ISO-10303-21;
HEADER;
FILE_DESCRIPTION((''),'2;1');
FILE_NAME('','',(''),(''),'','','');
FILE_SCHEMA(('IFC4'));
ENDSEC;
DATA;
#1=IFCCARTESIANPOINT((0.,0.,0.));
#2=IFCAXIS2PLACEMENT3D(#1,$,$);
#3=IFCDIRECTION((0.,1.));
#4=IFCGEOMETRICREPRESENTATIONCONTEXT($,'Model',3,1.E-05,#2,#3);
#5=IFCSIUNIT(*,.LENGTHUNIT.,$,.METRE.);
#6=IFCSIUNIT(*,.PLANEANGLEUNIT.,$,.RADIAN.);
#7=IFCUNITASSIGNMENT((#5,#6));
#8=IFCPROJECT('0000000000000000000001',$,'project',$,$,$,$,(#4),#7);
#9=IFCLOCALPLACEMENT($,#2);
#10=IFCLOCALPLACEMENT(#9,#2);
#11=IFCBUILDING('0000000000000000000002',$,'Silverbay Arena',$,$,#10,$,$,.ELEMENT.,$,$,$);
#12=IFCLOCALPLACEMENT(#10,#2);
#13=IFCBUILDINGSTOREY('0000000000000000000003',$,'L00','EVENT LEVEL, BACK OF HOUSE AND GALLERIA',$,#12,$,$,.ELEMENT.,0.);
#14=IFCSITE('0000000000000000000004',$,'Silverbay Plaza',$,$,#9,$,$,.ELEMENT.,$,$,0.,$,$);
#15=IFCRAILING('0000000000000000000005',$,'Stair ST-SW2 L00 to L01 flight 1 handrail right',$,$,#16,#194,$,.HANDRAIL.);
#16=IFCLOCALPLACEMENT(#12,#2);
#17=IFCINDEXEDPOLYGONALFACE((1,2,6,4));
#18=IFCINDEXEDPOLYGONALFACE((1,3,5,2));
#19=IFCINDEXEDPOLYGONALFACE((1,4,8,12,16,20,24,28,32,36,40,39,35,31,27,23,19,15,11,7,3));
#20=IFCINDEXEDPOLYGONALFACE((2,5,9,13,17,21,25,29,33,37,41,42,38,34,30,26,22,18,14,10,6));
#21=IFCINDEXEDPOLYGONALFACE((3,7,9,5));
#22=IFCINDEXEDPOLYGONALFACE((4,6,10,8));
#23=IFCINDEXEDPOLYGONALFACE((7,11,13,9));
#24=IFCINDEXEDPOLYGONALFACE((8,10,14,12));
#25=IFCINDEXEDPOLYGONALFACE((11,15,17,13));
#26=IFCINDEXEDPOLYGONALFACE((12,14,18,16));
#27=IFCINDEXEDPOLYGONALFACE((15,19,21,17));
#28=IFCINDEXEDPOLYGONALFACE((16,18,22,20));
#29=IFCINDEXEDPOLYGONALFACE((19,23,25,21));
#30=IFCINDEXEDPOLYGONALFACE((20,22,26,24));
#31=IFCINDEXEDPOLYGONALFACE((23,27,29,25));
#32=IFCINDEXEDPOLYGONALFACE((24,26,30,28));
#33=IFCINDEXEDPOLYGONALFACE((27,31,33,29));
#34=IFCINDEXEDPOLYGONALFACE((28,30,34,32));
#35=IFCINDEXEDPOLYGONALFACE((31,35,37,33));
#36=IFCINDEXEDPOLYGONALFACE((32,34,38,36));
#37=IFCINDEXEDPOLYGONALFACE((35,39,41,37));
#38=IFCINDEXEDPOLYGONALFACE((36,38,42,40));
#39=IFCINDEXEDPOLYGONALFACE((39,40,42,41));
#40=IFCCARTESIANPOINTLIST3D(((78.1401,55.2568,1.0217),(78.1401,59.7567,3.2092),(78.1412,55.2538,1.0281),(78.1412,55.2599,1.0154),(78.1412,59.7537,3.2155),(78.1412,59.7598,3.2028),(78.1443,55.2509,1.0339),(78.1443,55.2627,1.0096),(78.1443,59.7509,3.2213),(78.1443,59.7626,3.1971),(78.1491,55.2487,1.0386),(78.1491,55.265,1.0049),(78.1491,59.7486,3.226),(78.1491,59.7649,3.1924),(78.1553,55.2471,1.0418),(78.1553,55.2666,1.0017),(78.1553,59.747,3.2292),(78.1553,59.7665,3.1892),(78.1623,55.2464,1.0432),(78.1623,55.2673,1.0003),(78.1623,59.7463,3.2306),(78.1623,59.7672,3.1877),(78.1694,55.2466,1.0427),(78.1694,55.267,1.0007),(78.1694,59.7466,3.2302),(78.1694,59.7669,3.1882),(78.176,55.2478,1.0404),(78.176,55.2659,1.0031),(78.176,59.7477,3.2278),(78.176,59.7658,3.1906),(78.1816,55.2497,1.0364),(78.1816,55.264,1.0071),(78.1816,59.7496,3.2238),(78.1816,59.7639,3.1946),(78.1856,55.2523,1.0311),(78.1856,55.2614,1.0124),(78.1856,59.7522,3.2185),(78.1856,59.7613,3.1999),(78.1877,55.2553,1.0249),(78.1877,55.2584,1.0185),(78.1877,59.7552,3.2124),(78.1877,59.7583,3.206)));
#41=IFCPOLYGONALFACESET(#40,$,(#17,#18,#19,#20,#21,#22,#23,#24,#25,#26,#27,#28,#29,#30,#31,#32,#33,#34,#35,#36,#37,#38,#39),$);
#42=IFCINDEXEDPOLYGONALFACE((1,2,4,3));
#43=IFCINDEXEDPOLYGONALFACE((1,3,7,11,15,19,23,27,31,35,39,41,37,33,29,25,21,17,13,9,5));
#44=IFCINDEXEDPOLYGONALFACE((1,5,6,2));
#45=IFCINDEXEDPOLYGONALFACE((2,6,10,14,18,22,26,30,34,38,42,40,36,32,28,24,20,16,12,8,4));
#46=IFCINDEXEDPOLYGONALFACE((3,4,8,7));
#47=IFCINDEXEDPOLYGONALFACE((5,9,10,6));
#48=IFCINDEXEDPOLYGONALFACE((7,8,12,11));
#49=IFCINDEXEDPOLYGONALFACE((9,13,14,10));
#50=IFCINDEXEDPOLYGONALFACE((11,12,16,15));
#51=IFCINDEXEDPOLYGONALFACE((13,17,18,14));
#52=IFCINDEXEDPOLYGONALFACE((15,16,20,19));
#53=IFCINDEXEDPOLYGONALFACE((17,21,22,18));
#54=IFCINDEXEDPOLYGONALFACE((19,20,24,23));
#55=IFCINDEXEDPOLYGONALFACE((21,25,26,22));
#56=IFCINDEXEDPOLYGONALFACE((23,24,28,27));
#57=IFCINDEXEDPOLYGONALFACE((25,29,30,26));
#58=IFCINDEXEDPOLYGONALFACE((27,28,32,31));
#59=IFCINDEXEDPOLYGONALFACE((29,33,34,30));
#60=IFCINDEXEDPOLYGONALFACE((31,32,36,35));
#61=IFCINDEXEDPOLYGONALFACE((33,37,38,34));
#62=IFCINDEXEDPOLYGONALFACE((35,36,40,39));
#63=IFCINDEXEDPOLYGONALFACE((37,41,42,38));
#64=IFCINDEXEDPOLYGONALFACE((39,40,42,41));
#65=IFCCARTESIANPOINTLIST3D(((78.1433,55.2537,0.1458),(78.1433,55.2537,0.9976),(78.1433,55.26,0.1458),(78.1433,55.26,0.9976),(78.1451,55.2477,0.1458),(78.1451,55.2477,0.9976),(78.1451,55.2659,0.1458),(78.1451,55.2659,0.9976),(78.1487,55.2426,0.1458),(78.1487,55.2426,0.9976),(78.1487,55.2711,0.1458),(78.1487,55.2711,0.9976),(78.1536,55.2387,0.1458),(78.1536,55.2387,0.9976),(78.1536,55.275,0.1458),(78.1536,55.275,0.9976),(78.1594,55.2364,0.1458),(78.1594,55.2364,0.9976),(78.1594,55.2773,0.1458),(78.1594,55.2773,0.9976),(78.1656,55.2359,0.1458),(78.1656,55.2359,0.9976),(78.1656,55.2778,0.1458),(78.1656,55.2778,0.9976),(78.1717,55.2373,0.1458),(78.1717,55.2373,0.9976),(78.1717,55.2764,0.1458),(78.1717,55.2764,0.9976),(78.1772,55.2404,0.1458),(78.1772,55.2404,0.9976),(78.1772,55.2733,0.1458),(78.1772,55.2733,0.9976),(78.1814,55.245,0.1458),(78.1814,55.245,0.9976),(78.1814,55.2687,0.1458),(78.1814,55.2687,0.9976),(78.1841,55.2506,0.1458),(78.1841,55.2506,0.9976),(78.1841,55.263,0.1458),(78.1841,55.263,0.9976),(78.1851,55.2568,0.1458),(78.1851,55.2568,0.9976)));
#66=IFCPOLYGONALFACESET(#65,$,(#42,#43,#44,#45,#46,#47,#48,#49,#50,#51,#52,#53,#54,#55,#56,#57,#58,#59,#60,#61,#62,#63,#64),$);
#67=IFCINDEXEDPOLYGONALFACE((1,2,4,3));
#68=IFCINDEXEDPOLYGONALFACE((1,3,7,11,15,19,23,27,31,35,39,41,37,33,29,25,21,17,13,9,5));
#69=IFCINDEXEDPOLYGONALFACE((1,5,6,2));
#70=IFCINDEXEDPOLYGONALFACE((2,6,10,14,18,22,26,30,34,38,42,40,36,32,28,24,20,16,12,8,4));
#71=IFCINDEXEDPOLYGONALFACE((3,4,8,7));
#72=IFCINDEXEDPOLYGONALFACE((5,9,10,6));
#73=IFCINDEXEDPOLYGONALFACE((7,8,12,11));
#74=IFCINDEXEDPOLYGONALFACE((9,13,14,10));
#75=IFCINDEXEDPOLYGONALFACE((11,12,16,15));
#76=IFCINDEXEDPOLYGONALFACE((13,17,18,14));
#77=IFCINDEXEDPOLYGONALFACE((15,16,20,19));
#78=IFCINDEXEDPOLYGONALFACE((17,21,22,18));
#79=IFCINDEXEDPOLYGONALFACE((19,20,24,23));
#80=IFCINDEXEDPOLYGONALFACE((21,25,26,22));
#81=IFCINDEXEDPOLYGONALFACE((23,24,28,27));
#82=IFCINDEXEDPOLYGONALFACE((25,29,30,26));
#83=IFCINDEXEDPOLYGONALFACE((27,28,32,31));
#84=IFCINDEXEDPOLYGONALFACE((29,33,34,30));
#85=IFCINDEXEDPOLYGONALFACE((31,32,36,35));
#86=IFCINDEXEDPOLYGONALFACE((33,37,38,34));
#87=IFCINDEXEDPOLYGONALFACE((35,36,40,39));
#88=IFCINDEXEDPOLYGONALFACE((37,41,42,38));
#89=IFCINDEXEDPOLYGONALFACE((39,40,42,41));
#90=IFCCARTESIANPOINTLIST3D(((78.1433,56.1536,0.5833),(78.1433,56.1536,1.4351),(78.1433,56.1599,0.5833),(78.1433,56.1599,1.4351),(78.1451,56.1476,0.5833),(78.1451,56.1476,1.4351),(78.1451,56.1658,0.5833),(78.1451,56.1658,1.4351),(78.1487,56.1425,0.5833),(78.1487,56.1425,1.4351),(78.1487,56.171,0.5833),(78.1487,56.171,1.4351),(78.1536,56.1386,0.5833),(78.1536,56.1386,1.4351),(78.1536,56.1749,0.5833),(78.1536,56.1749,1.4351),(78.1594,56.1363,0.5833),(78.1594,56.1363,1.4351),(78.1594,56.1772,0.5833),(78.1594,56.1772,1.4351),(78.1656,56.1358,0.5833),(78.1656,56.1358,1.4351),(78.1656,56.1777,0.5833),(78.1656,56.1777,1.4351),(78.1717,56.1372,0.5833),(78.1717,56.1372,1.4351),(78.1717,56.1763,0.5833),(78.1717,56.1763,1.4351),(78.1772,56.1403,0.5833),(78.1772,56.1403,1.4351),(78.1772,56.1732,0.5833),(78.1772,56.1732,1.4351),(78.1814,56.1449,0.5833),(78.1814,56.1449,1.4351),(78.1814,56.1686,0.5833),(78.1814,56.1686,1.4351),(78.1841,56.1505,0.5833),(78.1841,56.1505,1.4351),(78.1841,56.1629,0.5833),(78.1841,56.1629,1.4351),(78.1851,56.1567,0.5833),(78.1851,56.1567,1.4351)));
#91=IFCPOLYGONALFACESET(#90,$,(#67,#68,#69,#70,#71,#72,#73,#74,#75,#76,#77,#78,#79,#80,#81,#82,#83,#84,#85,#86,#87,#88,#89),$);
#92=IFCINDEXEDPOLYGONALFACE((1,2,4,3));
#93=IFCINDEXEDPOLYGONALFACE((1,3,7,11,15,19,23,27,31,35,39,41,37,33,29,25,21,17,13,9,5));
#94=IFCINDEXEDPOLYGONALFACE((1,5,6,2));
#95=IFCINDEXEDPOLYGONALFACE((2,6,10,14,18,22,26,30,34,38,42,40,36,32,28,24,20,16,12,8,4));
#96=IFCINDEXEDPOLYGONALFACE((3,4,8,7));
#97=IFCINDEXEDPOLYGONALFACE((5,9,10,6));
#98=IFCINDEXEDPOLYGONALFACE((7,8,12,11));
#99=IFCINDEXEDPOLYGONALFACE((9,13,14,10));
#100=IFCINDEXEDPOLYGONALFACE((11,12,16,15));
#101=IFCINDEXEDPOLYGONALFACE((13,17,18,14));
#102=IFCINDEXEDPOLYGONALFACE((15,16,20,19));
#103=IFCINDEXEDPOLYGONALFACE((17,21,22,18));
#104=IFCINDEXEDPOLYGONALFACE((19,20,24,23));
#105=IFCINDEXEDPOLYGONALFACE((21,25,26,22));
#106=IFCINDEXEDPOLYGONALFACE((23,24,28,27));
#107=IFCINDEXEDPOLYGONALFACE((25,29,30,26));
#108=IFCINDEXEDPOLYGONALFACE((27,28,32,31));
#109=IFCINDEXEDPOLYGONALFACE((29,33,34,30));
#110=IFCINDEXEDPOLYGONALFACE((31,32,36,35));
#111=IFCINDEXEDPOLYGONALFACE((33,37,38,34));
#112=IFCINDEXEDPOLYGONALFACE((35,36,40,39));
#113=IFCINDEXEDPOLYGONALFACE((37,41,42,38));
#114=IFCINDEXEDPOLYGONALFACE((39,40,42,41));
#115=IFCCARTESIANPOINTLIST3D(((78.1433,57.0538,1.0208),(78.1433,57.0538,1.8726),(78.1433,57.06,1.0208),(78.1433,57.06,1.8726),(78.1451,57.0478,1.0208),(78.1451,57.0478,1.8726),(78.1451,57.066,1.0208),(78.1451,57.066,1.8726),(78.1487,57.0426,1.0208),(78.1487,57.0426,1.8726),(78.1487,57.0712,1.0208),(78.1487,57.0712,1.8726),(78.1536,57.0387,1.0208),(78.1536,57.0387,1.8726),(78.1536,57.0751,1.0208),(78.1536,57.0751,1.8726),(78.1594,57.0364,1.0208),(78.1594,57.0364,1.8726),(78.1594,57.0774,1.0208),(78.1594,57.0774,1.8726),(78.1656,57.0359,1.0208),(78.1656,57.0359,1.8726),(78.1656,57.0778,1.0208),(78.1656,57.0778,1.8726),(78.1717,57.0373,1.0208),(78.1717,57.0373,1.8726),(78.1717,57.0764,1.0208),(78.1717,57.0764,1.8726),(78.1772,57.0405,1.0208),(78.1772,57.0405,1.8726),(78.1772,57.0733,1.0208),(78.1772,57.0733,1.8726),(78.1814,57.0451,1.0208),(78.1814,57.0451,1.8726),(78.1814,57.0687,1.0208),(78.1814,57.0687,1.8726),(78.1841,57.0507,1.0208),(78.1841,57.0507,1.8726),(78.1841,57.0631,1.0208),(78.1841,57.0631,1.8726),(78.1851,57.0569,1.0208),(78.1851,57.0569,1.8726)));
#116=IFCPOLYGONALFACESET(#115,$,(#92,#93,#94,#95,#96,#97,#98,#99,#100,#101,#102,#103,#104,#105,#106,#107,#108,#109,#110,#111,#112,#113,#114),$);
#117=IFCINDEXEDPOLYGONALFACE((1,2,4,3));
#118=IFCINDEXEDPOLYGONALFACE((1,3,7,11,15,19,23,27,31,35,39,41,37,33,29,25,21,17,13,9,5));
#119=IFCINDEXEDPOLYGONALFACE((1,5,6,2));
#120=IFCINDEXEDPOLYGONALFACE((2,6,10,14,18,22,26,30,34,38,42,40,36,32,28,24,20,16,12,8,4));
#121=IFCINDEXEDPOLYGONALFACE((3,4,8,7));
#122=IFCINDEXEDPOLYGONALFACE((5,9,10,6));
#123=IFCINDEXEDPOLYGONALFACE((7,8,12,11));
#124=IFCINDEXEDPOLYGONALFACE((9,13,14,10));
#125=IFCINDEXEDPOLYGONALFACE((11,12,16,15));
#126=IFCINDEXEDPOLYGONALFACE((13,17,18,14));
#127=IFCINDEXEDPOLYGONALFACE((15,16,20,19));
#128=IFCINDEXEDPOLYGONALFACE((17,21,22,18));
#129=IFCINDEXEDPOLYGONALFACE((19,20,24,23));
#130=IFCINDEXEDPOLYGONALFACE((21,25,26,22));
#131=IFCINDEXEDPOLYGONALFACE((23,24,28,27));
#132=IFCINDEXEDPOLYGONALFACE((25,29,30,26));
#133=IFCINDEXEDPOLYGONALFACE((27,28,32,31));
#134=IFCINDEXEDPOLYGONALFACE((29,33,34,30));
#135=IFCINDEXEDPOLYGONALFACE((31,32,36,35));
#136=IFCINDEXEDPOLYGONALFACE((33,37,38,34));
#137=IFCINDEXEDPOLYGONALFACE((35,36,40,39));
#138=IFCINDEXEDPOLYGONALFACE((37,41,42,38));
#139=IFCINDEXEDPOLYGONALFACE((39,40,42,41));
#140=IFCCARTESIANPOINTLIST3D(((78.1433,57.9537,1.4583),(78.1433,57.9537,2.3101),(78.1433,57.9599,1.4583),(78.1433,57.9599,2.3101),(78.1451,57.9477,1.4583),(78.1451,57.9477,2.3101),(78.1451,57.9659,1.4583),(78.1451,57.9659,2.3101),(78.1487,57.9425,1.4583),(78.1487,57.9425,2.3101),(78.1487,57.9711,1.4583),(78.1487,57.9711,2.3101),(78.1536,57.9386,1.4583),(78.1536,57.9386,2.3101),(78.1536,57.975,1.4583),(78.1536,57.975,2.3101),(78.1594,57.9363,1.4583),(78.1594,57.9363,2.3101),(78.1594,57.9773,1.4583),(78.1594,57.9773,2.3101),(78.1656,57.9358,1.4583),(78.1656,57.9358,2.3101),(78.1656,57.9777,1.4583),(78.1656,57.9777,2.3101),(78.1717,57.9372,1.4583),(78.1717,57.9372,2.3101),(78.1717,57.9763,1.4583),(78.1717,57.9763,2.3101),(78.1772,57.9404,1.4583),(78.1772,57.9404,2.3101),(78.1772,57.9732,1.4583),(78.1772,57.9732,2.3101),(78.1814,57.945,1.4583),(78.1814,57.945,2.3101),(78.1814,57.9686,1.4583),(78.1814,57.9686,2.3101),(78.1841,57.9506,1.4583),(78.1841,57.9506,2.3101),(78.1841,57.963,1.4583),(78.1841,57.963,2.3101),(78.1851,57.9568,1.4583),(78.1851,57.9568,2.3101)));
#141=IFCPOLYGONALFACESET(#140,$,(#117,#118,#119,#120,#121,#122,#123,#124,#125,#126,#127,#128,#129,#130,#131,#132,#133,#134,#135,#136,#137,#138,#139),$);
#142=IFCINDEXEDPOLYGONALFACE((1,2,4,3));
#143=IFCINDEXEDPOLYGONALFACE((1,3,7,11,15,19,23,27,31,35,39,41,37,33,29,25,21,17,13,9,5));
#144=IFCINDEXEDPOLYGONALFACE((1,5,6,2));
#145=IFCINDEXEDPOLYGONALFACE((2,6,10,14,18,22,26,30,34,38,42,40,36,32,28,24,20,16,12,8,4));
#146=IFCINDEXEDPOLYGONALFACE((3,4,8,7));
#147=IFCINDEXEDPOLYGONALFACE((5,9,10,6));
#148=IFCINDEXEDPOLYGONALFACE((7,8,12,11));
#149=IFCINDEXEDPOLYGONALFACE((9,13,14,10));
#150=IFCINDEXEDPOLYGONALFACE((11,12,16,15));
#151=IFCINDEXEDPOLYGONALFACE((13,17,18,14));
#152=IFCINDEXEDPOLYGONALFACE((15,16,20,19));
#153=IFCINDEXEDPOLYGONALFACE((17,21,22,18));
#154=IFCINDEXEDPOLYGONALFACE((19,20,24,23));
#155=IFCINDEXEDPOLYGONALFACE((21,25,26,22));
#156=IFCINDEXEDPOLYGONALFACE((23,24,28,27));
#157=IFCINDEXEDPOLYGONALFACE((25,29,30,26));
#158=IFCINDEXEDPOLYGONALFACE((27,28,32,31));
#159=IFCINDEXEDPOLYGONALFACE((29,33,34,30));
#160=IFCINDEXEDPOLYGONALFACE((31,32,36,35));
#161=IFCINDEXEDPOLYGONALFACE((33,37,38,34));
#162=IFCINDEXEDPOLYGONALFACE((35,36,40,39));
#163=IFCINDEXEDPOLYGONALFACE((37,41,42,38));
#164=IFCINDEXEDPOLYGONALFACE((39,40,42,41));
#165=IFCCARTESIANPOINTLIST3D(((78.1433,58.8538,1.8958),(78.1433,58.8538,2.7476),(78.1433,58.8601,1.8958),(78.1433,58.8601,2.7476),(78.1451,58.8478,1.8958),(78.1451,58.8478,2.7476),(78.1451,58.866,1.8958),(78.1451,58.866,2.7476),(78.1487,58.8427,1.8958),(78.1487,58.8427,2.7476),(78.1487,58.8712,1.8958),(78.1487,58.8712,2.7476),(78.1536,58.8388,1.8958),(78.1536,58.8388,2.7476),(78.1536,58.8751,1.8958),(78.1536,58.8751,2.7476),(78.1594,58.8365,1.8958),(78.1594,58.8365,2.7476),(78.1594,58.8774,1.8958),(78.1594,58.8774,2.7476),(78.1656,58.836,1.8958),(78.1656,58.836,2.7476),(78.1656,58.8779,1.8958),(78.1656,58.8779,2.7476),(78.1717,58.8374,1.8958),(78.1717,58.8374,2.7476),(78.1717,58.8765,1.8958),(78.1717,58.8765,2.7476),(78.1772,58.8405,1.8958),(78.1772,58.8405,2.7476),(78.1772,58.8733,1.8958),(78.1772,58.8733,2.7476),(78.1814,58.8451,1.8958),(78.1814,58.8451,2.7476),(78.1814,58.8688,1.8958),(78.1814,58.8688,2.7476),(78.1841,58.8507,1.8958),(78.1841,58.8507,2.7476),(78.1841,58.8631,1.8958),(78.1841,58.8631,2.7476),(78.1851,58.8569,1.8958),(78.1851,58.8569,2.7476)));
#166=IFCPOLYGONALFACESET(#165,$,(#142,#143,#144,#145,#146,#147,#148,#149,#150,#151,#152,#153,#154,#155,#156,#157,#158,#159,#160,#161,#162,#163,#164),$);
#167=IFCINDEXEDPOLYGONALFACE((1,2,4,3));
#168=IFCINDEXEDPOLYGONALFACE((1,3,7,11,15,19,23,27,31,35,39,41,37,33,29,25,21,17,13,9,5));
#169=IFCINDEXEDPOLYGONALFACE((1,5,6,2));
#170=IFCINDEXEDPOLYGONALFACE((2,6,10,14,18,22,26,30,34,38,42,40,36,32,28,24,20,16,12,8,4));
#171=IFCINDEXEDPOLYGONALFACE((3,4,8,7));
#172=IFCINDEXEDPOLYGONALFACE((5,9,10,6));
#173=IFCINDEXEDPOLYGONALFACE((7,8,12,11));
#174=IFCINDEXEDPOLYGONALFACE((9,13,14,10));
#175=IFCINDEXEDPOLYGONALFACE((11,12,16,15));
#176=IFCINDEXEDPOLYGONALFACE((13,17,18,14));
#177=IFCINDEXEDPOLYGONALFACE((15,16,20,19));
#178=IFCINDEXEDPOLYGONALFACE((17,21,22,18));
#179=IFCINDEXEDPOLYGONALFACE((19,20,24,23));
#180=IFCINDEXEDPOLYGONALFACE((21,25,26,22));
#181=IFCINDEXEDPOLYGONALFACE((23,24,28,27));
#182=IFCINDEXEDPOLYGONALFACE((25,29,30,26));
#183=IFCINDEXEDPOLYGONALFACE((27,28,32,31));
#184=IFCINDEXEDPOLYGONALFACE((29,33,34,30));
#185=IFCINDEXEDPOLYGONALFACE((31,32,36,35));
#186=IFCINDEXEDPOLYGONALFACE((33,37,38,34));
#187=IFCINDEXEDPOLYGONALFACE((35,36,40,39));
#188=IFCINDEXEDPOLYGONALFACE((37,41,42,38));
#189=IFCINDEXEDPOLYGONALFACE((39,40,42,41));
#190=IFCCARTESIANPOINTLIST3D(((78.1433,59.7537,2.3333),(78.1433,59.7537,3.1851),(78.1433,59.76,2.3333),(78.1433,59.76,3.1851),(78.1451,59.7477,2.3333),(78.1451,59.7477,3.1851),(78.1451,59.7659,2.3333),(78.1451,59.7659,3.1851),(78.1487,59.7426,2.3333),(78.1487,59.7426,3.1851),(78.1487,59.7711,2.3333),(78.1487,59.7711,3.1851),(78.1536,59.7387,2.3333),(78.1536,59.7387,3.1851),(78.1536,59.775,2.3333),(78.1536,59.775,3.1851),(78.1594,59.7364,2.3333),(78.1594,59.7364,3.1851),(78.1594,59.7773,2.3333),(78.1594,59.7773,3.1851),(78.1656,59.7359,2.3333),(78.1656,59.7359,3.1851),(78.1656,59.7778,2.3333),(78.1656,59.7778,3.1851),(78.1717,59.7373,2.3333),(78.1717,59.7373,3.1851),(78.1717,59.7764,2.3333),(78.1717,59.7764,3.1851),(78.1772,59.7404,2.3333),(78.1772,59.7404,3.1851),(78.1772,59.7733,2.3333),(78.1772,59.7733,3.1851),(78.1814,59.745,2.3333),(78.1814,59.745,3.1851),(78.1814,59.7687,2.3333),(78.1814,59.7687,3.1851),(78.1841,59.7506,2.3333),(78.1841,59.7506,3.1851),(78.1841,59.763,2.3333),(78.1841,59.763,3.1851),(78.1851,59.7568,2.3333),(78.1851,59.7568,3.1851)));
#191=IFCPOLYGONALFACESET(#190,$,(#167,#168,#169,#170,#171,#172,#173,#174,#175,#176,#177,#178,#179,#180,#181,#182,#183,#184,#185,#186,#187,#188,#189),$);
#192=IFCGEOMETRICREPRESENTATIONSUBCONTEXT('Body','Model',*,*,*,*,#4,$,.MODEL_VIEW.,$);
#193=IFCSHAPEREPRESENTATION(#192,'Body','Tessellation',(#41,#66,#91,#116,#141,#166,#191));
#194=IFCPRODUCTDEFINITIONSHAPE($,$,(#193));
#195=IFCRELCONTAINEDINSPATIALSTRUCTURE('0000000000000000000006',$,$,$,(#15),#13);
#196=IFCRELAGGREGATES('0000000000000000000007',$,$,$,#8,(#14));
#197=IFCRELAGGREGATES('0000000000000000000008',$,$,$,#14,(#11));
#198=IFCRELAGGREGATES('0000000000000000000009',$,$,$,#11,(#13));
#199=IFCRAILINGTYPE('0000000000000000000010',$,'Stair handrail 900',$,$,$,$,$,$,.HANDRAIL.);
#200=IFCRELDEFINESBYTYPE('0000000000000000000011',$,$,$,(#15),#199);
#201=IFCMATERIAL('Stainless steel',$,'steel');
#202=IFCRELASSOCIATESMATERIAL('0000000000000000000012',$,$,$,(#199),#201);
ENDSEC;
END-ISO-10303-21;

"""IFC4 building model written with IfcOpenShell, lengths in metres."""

from ifc_helpers import new_model, si_unit, direction, frame, origin, origin_2d, place, context, subcontext, project, spatial, circle, extrude, material, type_object, element, save


model = new_model("IFC4")

# Units and contexts
model_context = context("Model", 3, precision=1e-05, world=origin(), true_north=direction((0.0, 1.0)))
body_context = subcontext(model_context, "Body", "Model", "MODEL_VIEW")
ifc_project = project(units=[si_unit("LENGTHUNIT", "METRE"), si_unit("PLANEANGLEUNIT", "RADIAN")], contexts=[model_context])

# Site, building, storey
site_placement = place(None, origin())
site = spatial("IfcSite", under=ifc_project, at=site_placement, Name="Silverbay Plaza", CompositionType="ELEMENT", RefElevation=0.0)
building_placement = place(site_placement, origin())
building = spatial("IfcBuilding", under=site, at=building_placement, Name="Silverbay Arena", CompositionType="ELEMENT")
storey_placement = place(building_placement, origin())
storey = spatial("IfcBuildingStorey", under=building, at=storey_placement, Name="L00", Description="EVENT LEVEL, BACK OF HOUSE AND GALLERIA", CompositionType="ELEMENT", Elevation=0.0)

# Railing
ifc_material_1 = material(Name="Stainless steel", Category="steel")
railing_type_1 = type_object("IfcRailingType", Name="Stair handrail 900", PredefinedType="HANDRAIL", material=ifc_material_1)
for number, where, name in (
    (1, (78.1641, 55.2568, 0.1458), "Stair ST-SW2 L00 to L01 flight 1 handrail right"),
):
    element("IfcRailing", number, at=place(storey_placement, frame(where)), inside=storey, type_object=railing_type_1, Name=name, PredefinedType="HANDRAIL", context=body_context, shape_type="SweptSolid", body=[
        extrude(circle(Radius=0.0239, at=origin_2d()), frame((0.0, 0.0, 0.876), z_axis=(0.0, 0.899368, 0.437193), x_axis=(-1.0, 0.0, 0.0)), (0.0, 0.0, 1.0), 5.0034),
        extrude(circle(Radius=0.021, at=origin_2d()), origin(), (0.0, 0.0, 1.0), 0.8518),
        extrude(circle(Radius=0.021, at=origin_2d()), frame((0.0, 0.8999, 0.4375)), (0.0, 0.0, 1.0), 0.8518),
        extrude(circle(Radius=0.021, at=origin_2d()), frame((0.0, 1.8, 0.875)), (0.0, 0.0, 1.0), 0.8518),
        extrude(circle(Radius=0.021, at=origin_2d()), frame((0.0, 2.7, 1.3125)), (0.0, 0.0, 1.0), 0.8518),
        extrude(circle(Radius=0.021, at=origin_2d()), frame((0.0, 3.6001, 1.75)), (0.0, 0.0, 1.0), 0.8518),
        extrude(circle(Radius=0.021, at=origin_2d()), frame((0.0, 4.5, 2.1875)), (0.0, 0.0, 1.0), 0.8518),
    ])

save(model, "model.ifc")
